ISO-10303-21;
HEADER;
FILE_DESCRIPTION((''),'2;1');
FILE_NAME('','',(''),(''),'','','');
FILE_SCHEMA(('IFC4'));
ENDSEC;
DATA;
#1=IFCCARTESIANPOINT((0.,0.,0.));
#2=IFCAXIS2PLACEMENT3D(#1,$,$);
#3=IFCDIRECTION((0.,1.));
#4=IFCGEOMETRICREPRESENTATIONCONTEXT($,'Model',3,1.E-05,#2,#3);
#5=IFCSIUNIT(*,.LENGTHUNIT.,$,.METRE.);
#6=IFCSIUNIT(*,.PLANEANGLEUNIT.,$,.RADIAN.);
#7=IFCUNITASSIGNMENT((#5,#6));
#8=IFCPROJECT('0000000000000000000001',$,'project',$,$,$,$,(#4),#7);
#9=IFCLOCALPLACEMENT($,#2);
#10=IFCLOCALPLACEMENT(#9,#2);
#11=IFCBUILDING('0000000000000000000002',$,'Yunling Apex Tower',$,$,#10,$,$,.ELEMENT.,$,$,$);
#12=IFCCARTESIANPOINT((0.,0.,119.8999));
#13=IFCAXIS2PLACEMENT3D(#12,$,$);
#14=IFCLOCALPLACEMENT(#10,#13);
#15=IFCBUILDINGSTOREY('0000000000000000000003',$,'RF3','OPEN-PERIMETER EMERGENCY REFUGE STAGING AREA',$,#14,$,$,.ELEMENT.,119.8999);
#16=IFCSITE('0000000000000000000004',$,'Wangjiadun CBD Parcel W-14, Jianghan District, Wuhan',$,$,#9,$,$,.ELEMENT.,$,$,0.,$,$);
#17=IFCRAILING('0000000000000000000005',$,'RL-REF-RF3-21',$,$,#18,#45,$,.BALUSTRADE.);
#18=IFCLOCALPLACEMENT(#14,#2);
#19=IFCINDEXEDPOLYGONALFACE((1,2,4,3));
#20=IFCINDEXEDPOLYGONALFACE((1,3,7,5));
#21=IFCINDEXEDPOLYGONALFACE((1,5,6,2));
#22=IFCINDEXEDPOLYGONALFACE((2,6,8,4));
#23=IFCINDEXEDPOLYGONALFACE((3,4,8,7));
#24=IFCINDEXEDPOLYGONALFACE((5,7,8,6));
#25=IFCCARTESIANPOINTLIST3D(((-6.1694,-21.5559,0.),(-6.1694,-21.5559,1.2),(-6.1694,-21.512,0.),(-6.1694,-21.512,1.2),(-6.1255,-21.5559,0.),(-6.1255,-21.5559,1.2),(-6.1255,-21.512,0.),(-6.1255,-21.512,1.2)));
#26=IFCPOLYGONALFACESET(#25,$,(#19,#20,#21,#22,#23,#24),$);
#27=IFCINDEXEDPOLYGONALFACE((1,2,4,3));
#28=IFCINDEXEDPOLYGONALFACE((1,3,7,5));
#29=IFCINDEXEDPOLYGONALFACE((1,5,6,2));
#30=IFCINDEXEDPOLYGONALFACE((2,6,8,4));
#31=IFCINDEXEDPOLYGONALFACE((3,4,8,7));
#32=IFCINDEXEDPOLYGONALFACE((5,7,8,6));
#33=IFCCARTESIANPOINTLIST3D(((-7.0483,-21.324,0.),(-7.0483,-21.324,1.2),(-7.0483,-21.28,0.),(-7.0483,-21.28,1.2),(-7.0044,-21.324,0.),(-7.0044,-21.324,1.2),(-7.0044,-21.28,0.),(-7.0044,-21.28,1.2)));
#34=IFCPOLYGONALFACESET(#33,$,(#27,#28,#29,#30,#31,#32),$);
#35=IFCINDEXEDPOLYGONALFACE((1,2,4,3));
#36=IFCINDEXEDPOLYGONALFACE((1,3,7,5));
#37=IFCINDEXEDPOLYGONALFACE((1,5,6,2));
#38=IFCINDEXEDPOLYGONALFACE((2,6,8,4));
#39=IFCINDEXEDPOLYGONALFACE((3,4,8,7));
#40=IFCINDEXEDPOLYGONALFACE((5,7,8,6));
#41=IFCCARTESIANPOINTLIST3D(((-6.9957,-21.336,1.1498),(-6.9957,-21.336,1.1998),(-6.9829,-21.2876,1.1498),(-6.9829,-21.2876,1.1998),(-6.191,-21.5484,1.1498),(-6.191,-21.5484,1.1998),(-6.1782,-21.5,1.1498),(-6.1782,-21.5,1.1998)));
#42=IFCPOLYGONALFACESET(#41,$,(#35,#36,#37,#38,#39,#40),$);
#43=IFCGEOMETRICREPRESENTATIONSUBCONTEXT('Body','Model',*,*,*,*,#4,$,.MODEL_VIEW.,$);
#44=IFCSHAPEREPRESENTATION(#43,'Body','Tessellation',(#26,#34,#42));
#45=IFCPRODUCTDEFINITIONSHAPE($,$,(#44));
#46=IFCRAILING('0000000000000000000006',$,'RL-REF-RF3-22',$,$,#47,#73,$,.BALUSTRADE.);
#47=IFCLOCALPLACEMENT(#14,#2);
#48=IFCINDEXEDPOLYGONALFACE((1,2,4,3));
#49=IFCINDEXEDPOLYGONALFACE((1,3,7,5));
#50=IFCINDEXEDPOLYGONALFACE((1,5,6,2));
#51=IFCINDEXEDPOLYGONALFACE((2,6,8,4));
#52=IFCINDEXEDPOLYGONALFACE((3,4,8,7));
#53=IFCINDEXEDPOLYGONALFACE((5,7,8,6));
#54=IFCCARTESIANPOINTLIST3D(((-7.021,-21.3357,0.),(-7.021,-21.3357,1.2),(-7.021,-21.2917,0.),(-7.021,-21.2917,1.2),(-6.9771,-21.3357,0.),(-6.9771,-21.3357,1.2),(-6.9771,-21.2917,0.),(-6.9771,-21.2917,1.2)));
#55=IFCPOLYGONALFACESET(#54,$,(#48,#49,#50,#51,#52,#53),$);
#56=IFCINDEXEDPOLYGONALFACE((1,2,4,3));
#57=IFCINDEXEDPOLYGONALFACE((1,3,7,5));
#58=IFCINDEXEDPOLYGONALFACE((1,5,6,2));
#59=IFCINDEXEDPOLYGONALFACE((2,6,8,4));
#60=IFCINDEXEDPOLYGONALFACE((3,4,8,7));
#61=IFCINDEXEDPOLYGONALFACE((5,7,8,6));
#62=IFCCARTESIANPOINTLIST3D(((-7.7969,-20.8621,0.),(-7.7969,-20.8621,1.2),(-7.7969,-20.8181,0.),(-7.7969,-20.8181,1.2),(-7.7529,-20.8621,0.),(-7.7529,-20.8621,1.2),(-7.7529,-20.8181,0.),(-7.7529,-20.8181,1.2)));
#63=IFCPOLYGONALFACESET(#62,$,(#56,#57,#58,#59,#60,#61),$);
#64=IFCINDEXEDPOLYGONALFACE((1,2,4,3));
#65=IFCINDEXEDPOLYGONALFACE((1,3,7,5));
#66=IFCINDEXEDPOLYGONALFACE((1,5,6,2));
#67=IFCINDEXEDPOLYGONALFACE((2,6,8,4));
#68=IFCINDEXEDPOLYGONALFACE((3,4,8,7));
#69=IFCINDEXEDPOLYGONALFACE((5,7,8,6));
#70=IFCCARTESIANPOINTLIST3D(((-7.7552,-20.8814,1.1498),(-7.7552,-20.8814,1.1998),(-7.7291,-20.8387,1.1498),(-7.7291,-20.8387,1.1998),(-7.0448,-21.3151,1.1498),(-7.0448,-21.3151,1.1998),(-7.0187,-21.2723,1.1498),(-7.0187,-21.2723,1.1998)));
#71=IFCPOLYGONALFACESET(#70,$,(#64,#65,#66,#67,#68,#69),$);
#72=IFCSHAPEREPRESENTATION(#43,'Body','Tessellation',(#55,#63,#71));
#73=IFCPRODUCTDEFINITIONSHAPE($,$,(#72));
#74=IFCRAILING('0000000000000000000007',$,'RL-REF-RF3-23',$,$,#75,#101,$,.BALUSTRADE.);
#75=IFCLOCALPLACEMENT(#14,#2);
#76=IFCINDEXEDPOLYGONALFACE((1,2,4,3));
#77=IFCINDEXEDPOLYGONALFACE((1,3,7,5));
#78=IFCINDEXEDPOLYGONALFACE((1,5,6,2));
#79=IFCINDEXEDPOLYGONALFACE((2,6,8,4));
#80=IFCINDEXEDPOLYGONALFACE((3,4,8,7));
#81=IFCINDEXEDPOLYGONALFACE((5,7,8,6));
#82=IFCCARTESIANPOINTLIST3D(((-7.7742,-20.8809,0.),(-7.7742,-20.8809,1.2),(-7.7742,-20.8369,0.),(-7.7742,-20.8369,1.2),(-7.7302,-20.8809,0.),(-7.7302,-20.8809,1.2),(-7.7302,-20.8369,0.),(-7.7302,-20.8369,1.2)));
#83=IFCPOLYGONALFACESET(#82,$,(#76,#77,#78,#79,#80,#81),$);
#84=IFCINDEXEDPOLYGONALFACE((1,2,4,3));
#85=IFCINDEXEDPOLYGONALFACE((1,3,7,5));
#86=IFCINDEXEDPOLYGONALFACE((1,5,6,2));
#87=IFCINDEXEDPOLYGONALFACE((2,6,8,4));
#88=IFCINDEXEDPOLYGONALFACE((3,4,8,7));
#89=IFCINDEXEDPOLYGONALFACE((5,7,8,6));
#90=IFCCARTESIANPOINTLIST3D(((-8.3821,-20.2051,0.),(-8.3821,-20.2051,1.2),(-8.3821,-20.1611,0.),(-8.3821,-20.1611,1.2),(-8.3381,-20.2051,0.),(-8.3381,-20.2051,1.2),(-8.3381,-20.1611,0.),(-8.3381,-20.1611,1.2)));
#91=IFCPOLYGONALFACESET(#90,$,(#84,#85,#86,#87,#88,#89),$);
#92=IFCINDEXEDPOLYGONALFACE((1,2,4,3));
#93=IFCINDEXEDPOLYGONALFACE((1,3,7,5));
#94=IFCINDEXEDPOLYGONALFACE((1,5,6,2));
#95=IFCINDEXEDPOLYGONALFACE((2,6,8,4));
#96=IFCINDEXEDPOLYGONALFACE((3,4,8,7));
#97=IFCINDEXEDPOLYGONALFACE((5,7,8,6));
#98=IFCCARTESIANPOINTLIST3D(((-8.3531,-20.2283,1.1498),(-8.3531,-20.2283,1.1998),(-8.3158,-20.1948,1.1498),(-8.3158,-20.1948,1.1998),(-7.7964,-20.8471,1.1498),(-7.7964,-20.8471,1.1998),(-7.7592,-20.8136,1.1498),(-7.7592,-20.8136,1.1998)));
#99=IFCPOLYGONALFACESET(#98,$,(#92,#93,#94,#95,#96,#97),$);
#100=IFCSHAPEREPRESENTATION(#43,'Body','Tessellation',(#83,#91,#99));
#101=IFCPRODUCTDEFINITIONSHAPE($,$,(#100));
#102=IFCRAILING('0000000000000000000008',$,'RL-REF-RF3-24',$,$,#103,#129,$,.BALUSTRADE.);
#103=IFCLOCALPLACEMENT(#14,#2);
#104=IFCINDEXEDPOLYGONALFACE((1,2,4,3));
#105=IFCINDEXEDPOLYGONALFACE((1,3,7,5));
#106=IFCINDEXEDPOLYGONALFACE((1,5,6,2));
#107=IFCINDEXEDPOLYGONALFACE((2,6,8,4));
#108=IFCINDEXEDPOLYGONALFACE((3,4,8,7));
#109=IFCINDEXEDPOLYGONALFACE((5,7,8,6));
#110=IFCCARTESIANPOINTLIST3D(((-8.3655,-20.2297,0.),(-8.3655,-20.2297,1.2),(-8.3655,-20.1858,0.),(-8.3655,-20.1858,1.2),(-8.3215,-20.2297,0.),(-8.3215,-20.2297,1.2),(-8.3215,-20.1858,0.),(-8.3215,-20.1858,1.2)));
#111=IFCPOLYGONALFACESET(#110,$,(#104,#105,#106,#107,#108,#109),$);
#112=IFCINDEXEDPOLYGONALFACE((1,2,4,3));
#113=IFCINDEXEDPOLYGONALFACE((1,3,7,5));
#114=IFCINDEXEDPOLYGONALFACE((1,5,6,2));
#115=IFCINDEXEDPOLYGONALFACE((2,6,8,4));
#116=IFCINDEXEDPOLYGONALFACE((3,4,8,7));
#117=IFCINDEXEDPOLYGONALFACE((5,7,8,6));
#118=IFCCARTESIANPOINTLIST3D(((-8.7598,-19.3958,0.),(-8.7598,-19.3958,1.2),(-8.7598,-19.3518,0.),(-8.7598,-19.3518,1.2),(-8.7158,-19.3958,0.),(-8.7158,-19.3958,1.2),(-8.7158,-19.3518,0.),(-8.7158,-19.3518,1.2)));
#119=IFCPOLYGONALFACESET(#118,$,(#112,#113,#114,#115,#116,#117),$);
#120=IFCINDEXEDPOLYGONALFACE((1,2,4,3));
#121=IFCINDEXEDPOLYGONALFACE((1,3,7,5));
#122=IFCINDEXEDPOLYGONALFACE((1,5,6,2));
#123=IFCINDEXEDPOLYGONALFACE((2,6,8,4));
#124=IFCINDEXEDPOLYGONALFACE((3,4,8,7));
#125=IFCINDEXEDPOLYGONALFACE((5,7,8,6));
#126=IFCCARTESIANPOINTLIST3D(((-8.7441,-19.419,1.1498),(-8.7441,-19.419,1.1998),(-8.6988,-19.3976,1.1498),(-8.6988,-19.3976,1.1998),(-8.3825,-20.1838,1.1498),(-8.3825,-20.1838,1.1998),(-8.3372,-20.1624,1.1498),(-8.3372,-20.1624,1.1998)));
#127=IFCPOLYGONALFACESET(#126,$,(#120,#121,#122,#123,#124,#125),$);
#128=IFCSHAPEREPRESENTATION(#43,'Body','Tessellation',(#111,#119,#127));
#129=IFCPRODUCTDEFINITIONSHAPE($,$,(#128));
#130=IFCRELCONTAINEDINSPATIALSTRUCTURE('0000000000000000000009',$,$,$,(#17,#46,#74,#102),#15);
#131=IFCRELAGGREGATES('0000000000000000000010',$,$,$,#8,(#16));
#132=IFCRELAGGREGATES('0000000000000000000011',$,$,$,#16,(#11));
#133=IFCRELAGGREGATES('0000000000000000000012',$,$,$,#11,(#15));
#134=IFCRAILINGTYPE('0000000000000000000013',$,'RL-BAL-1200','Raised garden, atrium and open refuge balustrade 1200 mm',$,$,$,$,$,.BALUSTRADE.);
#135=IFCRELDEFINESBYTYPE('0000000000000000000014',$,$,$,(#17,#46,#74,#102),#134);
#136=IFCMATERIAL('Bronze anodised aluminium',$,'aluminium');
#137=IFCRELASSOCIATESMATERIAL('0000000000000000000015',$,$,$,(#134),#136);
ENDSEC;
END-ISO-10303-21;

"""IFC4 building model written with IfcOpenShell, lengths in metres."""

from ifc_helpers import new_model, si_unit, direction, frame, origin, origin_2d, place, context, subcontext, project, spatial, rectangle, extrude, material, type_object, element, save


model = new_model("IFC4")

# Units and contexts
model_context = context("Model", 3, precision=1e-05, world=origin(), true_north=direction((0.0, 1.0)))
body_context = subcontext(model_context, "Body", "Model", "MODEL_VIEW")
ifc_project = project(units=[si_unit("LENGTHUNIT", "METRE"), si_unit("PLANEANGLEUNIT", "RADIAN")], contexts=[model_context])

# Site, building, storey
site_placement = place(None, origin())
site = spatial("IfcSite", under=ifc_project, at=site_placement, Name="Wangjiadun CBD Parcel W-14, Jianghan District, Wuhan", CompositionType="ELEMENT", RefElevation=0.0)
building_placement = place(site_placement, origin())
building = spatial("IfcBuilding", under=site, at=building_placement, Name="Yunling Apex Tower", CompositionType="ELEMENT")
storey_placement = place(building_placement, frame((0.0, 0.0, 119.8999)))
storey = spatial("IfcBuildingStorey", under=building, at=storey_placement, Name="RF3", Description="OPEN-PERIMETER EMERGENCY REFUGE STAGING AREA", CompositionType="ELEMENT", Elevation=119.8999)

# Railings
ifc_material_1 = material(Name="Bronze anodised aluminium", Category="aluminium")
railing_type = type_object("IfcRailingType", Name="RL-BAL-1200", Description="Raised garden, atrium and open refuge balustrade 1200 mm", PredefinedType="BALUSTRADE", material=ifc_material_1)
railing_1_placement = place(storey_placement, frame((-6.1475, -21.5339, 0.0)))
element("IfcRailing", 1, at=railing_1_placement, inside=storey, type_object=railing_type, Name="RL-REF-RF3-21", PredefinedType="BALUSTRADE", context=body_context, shape_type="SweptSolid", body=[
    extrude(rectangle(XDim=0.0439, YDim=0.0439, at=origin_2d()), origin(), (0.0, 0.0, 1.0), 1.2),
    extrude(rectangle(XDim=0.0439, YDim=0.0439, at=origin_2d()), frame((-0.8789, 0.2319, 0.0)), (0.0, 0.0, 1.0), 1.2),
    extrude(rectangle(XDim=0.05, YDim=0.05, at=origin_2d()), frame((-0.0371, 0.0098, 1.1748), z_axis=(-0.9669, 0.255154, 0.0), x_axis=(-0.255154, -0.9669, 0.0)), (0.0, 0.0, 1.0), 0.8323),
])
railing_2_placement = place(storey_placement, frame((-6.999, -21.3137, 0.0)))
element("IfcRailing", 2, at=railing_2_placement, inside=storey, type_object=railing_type, Name="RL-REF-RF3-22", PredefinedType="BALUSTRADE", context=body_context, shape_type="SweptSolid", body=[
    extrude(rectangle(XDim=0.0439, YDim=0.0439, at=origin_2d()), origin(), (0.0, 0.0, 1.0), 1.2),
    extrude(rectangle(XDim=0.0439, YDim=0.0439, at=origin_2d()), frame((-0.7759, 0.4736, 0.0)), (0.0, 0.0, 1.0), 1.2),
    extrude(rectangle(XDim=0.05, YDim=0.05, at=origin_2d()), frame((-0.0327, 0.02, 1.1748), z_axis=(-0.853534, 0.521037, 0.0), x_axis=(-0.521037, -0.853534, 0.0)), (0.0, 0.0, 1.0), 0.8323),
])
railing_3_placement = place(storey_placement, frame((-7.7522, -20.8589, 0.0)))
element("IfcRailing", 3, at=railing_3_placement, inside=storey, type_object=railing_type, Name="RL-REF-RF3-23", PredefinedType="BALUSTRADE", context=body_context, shape_type="SweptSolid", body=[
    extrude(rectangle(XDim=0.0439, YDim=0.0439, at=origin_2d()), origin(), (0.0, 0.0, 1.0), 1.2),
    extrude(rectangle(XDim=0.0439, YDim=0.0439, at=origin_2d()), frame((-0.6079, 0.6758, 0.0)), (0.0, 0.0, 1.0), 1.2),
    extrude(rectangle(XDim=0.05, YDim=0.05, at=origin_2d()), frame((-0.0256, 0.0286, 1.1748), z_axis=(-0.668787, 0.743454, 0.0), x_axis=(-0.743454, -0.668787, 0.0)), (0.0, 0.0, 1.0), 0.8323),
])
railing_4_placement = place(storey_placement, frame((-8.3435, -20.2078, 0.0)))
element("IfcRailing", 4, at=railing_4_placement, inside=storey, type_object=railing_type, Name="RL-REF-RF3-24", PredefinedType="BALUSTRADE", context=body_context, shape_type="SweptSolid", body=[
    extrude(rectangle(XDim=0.0439, YDim=0.0439, at=origin_2d()), origin(), (0.0, 0.0, 1.0), 1.2),
    extrude(rectangle(XDim=0.0439, YDim=0.0439, at=origin_2d()), frame((-0.3943, 0.834, 0.0)), (0.0, 0.0, 1.0), 1.2),
    extrude(rectangle(XDim=0.05, YDim=0.05, at=origin_2d()), frame((-0.0164, 0.0347, 1.1748), z_axis=(-0.427415, 0.904056, 0.0), x_axis=(-0.904056, -0.427415, 0.0)), (0.0, 0.0, 1.0), 0.8459),
])

save(model, "model.ifc")
